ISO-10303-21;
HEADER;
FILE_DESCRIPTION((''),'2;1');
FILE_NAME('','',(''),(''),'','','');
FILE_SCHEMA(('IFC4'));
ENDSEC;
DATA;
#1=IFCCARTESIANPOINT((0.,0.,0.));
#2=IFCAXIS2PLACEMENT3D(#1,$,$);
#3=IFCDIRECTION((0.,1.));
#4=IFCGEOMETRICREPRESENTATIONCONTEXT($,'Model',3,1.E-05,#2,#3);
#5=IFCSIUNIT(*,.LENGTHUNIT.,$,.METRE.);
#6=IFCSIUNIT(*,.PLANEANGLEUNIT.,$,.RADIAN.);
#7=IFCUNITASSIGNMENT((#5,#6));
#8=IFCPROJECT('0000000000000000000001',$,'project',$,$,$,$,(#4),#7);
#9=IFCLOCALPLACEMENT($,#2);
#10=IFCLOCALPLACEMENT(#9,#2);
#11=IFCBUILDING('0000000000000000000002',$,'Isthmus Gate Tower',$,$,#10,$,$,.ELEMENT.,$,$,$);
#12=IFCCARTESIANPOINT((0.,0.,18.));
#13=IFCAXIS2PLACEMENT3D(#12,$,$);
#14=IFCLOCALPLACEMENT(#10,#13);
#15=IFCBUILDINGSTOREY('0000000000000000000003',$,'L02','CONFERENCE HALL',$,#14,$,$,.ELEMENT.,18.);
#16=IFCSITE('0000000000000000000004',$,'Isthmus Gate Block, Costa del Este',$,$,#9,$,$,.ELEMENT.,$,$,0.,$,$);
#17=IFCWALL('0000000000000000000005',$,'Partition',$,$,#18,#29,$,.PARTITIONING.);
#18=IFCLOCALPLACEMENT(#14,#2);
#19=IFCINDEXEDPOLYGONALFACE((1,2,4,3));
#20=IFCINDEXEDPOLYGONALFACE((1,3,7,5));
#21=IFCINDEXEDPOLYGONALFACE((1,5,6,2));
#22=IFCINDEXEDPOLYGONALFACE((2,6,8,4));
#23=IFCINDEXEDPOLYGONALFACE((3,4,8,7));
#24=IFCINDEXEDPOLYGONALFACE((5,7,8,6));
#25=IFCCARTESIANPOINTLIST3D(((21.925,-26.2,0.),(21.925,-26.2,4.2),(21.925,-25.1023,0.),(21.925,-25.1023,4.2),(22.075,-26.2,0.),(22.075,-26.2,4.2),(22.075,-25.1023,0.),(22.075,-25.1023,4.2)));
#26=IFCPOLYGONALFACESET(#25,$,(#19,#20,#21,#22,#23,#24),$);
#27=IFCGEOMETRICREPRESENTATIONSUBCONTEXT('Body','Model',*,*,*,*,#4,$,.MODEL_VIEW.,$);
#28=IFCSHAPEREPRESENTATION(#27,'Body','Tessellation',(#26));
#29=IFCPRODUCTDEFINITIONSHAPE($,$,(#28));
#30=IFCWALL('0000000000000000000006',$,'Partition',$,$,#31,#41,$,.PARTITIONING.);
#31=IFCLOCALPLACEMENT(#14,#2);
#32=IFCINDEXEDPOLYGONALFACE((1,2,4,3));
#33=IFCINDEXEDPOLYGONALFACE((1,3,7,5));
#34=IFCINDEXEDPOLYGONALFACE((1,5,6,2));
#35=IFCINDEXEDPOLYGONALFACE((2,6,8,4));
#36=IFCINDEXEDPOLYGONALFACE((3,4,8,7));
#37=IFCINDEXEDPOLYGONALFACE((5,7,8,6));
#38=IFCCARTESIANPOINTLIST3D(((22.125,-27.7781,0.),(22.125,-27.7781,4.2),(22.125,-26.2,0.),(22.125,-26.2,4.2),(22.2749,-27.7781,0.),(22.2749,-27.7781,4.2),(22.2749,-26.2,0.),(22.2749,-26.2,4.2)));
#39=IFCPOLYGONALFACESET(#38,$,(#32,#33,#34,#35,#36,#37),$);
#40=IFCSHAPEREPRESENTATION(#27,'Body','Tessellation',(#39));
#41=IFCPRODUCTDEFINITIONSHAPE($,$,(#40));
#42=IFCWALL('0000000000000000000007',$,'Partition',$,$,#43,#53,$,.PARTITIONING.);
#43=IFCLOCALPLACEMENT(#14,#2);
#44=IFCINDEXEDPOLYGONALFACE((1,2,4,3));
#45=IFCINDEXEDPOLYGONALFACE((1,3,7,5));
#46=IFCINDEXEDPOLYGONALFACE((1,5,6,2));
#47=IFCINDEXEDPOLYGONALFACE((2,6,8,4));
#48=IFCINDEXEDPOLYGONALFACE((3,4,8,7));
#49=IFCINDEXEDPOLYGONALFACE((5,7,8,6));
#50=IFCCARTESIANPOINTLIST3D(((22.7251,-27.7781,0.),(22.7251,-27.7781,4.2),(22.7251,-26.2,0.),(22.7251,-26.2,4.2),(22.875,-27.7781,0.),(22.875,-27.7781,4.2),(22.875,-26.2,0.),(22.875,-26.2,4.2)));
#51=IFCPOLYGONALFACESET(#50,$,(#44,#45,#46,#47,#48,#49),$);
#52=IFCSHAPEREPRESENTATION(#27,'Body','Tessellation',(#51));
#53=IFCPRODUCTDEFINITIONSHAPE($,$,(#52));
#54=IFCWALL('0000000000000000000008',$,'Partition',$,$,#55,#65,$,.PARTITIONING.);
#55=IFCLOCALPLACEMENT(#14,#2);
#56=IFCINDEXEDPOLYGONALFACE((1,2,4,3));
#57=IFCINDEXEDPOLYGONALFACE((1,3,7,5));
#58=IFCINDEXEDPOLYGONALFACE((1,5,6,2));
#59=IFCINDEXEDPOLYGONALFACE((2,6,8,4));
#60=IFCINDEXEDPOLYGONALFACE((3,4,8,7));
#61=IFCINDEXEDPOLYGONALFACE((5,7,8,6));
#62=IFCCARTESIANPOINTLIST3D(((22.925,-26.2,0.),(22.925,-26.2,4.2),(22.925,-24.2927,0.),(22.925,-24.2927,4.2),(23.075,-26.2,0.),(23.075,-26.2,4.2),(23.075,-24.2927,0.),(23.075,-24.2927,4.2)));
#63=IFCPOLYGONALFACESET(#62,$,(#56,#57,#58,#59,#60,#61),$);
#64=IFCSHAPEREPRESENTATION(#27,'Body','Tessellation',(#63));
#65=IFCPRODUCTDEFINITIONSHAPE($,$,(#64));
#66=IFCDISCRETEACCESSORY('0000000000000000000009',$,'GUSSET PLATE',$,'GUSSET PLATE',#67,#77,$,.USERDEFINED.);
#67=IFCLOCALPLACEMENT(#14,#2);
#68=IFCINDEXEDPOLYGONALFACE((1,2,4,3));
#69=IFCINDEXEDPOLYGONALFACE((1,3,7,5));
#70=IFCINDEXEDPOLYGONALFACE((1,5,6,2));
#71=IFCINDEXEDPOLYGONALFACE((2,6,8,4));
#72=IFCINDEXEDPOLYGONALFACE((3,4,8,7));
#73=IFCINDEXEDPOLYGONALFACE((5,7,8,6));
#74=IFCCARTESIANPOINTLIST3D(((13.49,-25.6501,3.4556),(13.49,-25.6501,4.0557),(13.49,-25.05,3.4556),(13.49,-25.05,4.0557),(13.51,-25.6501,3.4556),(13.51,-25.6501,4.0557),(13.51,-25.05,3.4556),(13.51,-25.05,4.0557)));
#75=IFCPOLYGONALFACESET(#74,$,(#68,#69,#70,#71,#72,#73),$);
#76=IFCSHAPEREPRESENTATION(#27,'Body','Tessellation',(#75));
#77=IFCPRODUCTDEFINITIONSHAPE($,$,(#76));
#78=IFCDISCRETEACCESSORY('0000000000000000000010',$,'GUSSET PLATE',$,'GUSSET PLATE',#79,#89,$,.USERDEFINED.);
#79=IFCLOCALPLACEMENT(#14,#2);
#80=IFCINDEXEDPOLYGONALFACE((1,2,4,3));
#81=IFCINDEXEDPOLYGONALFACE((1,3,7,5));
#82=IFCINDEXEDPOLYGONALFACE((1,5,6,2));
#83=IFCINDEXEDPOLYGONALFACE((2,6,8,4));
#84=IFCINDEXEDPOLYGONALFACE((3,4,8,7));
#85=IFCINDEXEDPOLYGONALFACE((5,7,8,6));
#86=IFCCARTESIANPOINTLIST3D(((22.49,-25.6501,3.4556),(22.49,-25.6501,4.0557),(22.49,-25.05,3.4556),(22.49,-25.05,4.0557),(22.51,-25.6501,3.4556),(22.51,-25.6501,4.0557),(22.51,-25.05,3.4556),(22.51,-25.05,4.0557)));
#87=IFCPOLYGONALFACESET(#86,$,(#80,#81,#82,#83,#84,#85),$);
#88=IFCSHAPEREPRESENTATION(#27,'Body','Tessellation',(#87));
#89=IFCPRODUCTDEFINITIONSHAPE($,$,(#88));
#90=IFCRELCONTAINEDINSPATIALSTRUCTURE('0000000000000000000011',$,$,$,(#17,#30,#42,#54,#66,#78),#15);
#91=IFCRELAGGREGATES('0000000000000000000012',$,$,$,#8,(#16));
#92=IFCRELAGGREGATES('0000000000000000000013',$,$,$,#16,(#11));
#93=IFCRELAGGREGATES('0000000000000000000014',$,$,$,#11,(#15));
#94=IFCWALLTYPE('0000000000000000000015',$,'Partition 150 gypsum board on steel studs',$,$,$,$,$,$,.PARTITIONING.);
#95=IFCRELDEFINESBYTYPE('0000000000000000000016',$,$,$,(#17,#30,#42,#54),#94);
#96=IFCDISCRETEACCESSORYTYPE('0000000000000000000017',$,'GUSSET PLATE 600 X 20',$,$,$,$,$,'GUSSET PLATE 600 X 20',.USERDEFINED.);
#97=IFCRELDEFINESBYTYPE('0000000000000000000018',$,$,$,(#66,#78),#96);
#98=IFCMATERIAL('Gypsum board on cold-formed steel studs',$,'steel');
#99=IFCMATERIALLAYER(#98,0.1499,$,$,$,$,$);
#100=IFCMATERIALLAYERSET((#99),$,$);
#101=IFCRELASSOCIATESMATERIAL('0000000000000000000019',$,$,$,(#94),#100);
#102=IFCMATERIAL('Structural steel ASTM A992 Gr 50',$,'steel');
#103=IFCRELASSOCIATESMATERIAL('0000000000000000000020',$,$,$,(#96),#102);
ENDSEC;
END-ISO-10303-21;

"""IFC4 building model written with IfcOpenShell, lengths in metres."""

from ifc_helpers import new_model, si_unit, direction, frame, frame_2d, origin, origin_2d, place, context, subcontext, project, spatial, rectangle, extrude, material, layer, layer_set, type_object, element, save


model = new_model("IFC4")

# Units and contexts
model_context = context("Model", 3, precision=1e-05, world=origin(), true_north=direction((0.0, 1.0)))
body_context = subcontext(model_context, "Body", "Model", "MODEL_VIEW")
ifc_project = project(units=[si_unit("LENGTHUNIT", "METRE"), si_unit("PLANEANGLEUNIT", "RADIAN")], contexts=[model_context])

# Site, building, storey
site_placement = place(None, origin())
site = spatial("IfcSite", under=ifc_project, at=site_placement, Name="Isthmus Gate Block, Costa del Este", CompositionType="ELEMENT", RefElevation=0.0)
building_placement = place(site_placement, origin())
building = spatial("IfcBuilding", under=site, at=building_placement, Name="Isthmus Gate Tower", CompositionType="ELEMENT")
storey_placement = place(building_placement, frame((0.0, 0.0, 18.0)))
storey = spatial("IfcBuildingStorey", under=building, at=storey_placement, Name="L02", Description="CONFERENCE HALL", CompositionType="ELEMENT", Elevation=18.0)

# Shared definitions
ifc_material_1 = material(Name="Gypsum board on cold-formed steel studs", Category="steel")
ifc_layer = layer(ifc_material_1, 0.1499)
ifc_layer_set = layer_set([ifc_layer])
wall_type = type_object("IfcWallType", Name="Partition 150 gypsum board on steel studs", PredefinedType="PARTITIONING", material=ifc_layer_set)

# Walls
wall_1_placement = place(storey_placement, frame((22.0, -26.2, 0.0), z_axis=(0.0, 0.0, 1.0), x_axis=(0.0, 1.0, 0.0)))
element("IfcWall", 1, at=wall_1_placement, inside=storey, type_object=wall_type, Name="Partition", PredefinedType="PARTITIONING", context=body_context, shape_type="SweptSolid", body=[
    extrude(rectangle(XDim=1.0977, YDim=0.1499, at=frame_2d((0.5488, 0.0))), origin(), (0.0, 0.0, 1.0), 4.2),
])
for number, where, z_axis, x_axis, name in (
    (2, (22.2, -27.7781, 0.0), (0.0, 0.0, 1.0), (0.0, 1.0, 0.0), "Partition"),
    (3, (22.8, -27.7781, 0.0), (0.0, 0.0, 1.0), (0.0, 1.0, 0.0), "Partition"),
):
    element("IfcWall", number, at=place(storey_placement, frame(where, z_axis=z_axis, x_axis=x_axis)), inside=storey, type_object=wall_type, Name=name, PredefinedType="PARTITIONING", context=body_context, shape_type="SweptSolid", body=[
        extrude(rectangle(XDim=1.5781, YDim=0.1499, at=frame_2d((0.7891, 0.0))), origin(), (0.0, 0.0, 1.0), 4.2),
    ])
wall_2_placement = place(storey_placement, frame((23.0, -26.2, 0.0), z_axis=(0.0, 0.0, 1.0), x_axis=(0.0, 1.0, 0.0)))
element("IfcWall", 4, at=wall_2_placement, inside=storey, type_object=wall_type, Name="Partition", PredefinedType="PARTITIONING", context=body_context, shape_type="SweptSolid", body=[
    extrude(rectangle(XDim=1.9072, YDim=0.1499, at=frame_2d((0.9536, 0.0))), origin(), (0.0, 0.0, 1.0), 4.2),
])

# Discrete accessories
ifc_material_2 = material(Name="Structural steel ASTM A992 Gr 50", Category="steel")
discrete_accessory_type = type_object("IfcDiscreteAccessoryType", Name="GUSSET PLATE 600 X 20", ElementType="GUSSET PLATE 600 X 20", PredefinedType="USERDEFINED", material=ifc_material_2)
for number, where, z_axis, x_axis, name in (
    (5, (13.5, -25.3501, 3.4556), (0.0, 0.0, 1.0), (0.0, -1.0, 0.0), "GUSSET PLATE"),
    (6, (22.5, -25.3501, 3.4556), (0.0, 0.0, 1.0), (0.0, -1.0, 0.0), "GUSSET PLATE"),
):
    element("IfcDiscreteAccessory", number, at=place(storey_placement, frame(where, z_axis=z_axis, x_axis=x_axis)), inside=storey, type_object=discrete_accessory_type, Name=name, ObjectType="GUSSET PLATE", PredefinedType="USERDEFINED", context=body_context, shape_type="SweptSolid", body=[
        extrude(rectangle(XDim=0.6001, YDim=0.02, at=origin_2d()), origin(), (0.0, 0.0, 1.0), 0.6001),
    ])

save(model, "model.ifc")
